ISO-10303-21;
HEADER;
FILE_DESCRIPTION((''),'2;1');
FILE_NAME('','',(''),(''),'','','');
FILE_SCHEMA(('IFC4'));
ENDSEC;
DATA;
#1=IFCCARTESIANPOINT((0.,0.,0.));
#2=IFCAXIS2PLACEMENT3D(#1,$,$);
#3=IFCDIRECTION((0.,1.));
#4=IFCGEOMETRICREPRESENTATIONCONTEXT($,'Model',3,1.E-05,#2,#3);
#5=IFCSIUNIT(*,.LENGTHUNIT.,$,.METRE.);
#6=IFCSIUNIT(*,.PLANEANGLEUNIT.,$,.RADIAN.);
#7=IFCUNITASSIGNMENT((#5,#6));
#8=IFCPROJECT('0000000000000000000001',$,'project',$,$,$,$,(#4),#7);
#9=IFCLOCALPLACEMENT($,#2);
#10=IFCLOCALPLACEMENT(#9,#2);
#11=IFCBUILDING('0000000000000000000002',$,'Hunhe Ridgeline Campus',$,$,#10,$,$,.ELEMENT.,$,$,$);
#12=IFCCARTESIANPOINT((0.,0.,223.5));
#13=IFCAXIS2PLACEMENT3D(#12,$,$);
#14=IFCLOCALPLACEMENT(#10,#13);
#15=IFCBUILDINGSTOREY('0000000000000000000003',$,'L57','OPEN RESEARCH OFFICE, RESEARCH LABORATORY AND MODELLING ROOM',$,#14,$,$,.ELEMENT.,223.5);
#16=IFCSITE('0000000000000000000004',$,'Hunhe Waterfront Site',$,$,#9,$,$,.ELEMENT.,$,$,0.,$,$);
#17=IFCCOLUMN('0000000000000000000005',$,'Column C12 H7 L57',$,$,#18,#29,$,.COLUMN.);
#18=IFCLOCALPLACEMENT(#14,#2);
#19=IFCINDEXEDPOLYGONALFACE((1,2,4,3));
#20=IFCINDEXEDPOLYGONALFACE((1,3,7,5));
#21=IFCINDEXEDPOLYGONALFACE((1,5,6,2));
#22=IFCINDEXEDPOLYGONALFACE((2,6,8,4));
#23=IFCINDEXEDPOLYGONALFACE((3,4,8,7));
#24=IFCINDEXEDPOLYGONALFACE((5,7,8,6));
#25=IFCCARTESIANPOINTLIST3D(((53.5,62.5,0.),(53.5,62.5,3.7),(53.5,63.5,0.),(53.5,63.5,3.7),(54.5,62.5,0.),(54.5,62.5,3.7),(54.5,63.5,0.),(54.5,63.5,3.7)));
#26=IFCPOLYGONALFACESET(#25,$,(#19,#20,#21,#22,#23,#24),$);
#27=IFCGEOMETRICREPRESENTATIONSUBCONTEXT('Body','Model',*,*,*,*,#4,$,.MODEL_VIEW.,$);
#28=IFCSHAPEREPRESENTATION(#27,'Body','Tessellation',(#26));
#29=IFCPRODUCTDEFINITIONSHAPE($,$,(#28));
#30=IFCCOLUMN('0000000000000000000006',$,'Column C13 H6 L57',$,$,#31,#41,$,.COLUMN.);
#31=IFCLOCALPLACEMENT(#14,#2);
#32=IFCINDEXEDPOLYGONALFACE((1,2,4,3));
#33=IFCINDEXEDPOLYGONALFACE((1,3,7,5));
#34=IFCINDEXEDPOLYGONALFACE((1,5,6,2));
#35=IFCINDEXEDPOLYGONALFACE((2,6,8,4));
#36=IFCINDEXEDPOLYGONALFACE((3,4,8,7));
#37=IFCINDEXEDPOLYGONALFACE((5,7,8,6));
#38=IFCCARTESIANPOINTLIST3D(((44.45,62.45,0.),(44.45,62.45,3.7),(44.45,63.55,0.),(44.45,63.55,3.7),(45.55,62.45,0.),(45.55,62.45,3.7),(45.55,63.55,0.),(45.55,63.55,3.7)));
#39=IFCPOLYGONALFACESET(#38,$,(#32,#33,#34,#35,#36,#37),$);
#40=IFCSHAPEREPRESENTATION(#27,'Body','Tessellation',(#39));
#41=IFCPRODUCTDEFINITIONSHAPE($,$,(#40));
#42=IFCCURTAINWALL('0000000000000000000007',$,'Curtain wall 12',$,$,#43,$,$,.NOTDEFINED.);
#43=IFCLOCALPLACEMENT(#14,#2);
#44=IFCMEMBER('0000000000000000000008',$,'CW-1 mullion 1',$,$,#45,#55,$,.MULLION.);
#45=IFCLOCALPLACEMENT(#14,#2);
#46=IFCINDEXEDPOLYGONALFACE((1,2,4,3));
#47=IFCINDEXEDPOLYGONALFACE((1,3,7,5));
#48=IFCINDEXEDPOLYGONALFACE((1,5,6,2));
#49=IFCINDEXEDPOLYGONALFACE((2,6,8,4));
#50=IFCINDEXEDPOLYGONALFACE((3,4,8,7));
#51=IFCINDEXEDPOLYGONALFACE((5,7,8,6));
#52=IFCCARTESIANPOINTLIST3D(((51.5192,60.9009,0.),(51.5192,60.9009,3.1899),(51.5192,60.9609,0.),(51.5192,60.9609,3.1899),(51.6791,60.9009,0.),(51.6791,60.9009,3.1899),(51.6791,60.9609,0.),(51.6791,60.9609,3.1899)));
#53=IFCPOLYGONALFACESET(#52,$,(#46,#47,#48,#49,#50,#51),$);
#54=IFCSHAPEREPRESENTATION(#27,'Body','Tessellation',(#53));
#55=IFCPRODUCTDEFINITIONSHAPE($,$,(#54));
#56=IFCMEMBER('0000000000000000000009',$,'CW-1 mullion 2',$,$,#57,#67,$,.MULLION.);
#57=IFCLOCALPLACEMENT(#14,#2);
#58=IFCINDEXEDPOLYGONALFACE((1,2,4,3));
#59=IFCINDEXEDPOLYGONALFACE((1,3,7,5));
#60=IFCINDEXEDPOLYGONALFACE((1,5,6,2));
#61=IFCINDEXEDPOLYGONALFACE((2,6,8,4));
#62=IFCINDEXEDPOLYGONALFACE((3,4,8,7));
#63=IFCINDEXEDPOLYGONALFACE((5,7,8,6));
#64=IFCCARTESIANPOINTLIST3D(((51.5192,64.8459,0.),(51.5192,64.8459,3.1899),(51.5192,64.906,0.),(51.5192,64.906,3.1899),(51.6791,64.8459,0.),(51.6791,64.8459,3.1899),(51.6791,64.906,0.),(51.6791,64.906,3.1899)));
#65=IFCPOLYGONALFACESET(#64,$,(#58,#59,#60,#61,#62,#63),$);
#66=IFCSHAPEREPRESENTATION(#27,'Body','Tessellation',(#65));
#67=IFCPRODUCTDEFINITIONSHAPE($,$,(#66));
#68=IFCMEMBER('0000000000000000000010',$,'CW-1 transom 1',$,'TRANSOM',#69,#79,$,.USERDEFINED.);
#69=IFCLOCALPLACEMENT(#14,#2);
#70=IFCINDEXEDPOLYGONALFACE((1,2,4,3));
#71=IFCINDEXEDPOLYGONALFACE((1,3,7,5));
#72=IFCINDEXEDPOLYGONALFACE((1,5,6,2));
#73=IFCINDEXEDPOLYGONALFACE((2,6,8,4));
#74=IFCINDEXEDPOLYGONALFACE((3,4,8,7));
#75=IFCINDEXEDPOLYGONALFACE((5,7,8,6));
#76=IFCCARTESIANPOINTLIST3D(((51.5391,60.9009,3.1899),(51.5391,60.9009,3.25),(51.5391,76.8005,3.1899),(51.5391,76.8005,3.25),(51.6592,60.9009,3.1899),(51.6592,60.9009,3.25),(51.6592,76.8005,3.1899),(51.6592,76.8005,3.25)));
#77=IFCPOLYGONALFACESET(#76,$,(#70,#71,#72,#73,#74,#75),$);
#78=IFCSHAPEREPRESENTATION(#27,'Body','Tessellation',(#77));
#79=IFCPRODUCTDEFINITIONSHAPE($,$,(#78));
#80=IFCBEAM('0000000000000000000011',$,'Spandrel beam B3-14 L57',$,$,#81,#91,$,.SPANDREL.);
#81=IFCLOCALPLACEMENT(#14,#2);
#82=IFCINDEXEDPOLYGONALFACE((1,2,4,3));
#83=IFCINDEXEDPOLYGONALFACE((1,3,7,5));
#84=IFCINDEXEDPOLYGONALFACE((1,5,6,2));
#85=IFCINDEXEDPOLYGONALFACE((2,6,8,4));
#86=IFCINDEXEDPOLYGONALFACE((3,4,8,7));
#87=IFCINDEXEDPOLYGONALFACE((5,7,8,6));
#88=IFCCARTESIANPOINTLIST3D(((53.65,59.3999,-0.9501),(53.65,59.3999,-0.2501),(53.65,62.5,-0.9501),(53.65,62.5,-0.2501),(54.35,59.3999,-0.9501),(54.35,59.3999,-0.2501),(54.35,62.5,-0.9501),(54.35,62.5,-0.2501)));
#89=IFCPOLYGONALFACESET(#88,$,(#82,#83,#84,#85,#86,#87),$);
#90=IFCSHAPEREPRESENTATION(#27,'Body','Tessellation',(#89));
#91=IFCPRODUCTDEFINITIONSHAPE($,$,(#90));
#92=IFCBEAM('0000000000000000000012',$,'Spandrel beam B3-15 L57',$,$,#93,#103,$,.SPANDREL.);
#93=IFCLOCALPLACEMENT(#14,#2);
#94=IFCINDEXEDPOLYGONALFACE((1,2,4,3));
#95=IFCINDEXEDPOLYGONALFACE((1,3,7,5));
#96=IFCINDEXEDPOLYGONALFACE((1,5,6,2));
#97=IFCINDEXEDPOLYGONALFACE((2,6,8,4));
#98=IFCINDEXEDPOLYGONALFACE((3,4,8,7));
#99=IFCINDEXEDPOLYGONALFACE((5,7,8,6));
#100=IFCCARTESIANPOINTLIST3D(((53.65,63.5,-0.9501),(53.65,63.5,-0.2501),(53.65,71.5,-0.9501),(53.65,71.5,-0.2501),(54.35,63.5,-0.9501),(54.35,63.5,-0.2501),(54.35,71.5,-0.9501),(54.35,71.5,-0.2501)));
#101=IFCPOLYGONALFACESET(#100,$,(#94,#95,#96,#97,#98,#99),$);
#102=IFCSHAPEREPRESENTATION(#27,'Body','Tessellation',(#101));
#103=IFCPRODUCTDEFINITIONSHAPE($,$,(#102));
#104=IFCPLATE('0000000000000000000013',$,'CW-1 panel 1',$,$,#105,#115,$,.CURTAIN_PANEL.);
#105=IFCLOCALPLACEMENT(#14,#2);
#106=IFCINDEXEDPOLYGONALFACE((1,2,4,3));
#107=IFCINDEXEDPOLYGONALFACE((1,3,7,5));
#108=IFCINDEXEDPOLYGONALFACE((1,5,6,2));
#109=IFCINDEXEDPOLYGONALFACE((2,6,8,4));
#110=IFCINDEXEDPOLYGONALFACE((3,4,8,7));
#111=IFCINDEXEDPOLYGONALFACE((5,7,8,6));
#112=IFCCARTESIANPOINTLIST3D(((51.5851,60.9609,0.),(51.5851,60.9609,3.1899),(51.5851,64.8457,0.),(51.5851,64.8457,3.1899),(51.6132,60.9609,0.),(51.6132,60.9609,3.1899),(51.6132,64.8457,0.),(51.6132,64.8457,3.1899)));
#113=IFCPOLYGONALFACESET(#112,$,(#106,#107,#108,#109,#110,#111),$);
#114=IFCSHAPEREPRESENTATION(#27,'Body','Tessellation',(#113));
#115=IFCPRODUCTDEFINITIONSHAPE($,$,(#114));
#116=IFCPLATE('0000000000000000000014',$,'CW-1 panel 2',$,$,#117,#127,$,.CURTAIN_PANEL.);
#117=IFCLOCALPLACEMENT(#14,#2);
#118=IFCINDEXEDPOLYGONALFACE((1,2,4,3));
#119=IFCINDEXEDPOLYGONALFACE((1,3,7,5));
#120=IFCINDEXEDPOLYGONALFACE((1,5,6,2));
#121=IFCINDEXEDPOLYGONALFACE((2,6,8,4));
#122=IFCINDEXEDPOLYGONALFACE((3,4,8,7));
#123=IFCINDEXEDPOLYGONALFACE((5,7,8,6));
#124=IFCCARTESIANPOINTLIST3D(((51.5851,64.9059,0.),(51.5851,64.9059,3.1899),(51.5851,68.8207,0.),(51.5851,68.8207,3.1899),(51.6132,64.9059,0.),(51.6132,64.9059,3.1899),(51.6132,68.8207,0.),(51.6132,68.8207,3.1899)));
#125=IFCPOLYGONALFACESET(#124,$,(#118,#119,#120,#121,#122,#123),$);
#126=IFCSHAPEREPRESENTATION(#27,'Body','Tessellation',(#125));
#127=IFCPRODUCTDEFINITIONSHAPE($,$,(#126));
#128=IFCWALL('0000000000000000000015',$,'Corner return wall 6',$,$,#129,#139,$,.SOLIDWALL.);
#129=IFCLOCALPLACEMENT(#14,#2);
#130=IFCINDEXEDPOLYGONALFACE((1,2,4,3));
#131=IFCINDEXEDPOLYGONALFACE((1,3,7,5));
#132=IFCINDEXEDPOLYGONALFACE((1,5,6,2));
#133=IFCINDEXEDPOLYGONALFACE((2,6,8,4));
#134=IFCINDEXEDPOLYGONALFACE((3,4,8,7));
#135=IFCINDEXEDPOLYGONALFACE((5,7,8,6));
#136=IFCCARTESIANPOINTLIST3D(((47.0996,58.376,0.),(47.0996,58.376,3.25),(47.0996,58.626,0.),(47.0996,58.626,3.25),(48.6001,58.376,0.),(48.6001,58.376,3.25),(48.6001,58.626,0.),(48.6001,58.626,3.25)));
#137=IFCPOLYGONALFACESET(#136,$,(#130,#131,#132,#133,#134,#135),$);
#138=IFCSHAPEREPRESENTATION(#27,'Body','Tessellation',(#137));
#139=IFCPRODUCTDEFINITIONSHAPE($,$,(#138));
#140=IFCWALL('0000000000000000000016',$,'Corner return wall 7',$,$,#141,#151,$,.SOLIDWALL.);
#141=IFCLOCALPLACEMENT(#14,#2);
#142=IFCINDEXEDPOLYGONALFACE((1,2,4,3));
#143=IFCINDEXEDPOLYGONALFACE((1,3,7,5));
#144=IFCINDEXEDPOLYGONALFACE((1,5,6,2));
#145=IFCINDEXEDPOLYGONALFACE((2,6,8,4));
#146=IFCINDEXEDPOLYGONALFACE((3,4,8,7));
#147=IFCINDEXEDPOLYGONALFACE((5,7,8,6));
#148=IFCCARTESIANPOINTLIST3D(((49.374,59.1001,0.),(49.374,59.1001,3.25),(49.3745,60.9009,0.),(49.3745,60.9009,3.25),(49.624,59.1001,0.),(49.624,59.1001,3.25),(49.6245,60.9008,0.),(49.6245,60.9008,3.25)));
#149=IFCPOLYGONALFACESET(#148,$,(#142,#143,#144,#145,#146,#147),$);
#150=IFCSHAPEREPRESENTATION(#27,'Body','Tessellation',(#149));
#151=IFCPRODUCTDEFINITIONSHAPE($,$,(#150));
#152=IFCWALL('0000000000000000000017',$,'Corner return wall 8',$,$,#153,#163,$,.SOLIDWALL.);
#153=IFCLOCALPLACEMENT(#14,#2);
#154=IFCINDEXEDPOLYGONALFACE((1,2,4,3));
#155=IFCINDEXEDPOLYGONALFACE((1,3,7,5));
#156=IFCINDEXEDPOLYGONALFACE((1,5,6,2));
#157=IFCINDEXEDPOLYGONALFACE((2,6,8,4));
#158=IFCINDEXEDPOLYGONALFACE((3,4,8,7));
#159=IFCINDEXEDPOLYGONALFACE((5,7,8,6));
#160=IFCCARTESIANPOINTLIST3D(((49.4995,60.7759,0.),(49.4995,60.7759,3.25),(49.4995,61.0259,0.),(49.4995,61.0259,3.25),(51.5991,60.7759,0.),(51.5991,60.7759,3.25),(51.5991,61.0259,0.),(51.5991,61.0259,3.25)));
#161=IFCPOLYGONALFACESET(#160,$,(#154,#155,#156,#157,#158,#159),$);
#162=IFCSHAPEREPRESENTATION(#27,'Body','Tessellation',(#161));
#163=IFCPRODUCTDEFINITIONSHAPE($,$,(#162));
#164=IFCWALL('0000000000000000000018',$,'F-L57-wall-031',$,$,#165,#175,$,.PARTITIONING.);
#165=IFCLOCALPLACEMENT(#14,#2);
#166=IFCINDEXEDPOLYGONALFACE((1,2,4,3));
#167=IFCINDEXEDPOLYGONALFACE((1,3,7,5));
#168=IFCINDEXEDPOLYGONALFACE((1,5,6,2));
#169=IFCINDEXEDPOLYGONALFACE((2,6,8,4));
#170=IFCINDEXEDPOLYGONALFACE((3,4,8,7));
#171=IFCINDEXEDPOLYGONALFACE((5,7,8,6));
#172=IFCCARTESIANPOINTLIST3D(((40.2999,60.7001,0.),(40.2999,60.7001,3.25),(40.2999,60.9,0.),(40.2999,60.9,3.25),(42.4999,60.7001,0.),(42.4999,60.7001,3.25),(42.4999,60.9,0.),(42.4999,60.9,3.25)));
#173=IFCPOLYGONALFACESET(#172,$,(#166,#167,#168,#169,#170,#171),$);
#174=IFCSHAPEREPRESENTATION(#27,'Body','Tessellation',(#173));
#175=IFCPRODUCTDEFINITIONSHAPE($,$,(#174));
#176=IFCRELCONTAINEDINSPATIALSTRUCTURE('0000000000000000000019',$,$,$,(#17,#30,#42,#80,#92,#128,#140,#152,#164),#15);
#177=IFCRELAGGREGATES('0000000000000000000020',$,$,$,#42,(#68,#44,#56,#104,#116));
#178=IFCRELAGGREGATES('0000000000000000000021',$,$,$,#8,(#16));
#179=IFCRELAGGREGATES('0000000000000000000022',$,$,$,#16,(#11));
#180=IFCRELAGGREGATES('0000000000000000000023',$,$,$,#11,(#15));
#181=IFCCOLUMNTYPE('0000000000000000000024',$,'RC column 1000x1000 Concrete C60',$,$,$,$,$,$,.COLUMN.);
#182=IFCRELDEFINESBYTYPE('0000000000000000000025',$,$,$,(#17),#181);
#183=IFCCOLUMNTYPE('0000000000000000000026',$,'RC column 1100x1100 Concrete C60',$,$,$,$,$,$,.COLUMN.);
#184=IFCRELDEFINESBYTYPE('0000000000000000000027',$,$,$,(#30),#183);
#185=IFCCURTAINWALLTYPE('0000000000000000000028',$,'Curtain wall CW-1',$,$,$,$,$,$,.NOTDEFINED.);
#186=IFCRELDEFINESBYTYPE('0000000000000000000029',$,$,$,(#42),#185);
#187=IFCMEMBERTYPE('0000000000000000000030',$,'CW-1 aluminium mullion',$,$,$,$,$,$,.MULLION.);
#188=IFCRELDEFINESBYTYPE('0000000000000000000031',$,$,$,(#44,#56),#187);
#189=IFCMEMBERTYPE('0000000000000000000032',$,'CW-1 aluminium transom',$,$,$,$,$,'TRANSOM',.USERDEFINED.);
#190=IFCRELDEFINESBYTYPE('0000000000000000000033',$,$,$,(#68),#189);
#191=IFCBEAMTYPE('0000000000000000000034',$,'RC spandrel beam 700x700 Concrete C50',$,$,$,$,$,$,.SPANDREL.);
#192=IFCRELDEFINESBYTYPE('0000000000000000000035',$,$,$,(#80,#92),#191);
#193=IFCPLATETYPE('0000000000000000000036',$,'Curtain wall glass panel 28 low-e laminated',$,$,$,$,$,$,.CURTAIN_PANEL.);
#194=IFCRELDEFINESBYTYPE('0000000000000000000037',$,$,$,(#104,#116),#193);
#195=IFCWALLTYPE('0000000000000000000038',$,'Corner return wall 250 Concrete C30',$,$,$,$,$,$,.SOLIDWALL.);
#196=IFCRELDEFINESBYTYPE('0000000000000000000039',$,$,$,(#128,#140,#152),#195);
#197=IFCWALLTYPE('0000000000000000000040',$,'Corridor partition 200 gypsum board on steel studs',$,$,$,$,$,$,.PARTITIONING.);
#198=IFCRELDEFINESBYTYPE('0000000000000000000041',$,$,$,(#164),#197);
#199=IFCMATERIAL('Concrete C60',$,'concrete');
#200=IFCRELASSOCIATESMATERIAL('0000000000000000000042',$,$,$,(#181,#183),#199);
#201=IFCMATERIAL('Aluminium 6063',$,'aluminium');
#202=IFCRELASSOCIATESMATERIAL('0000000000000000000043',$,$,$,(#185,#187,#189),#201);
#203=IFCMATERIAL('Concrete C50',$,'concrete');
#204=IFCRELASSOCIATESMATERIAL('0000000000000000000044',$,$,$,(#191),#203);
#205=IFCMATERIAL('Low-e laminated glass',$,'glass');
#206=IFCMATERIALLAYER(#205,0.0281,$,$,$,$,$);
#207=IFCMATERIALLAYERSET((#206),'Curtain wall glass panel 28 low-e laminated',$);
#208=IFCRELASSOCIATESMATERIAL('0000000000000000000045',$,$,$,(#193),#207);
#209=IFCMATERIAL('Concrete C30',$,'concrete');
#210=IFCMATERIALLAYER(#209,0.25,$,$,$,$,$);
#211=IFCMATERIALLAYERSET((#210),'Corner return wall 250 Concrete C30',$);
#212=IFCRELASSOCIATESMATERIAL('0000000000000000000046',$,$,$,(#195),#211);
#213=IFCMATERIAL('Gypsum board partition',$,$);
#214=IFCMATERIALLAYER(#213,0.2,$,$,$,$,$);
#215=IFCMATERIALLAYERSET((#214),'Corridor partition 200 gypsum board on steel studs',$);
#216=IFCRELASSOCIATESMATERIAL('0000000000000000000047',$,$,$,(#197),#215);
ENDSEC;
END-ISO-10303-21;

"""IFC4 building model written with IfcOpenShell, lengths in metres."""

from ifc_helpers import new_model, si_unit, direction, frame, frame_2d, origin, origin_2d, place, context, subcontext, project, spatial, rectangle, extrude, material, layer, layer_set, material_profile, profile_set, type_object, element, aggregate, save


model = new_model("IFC4")

# Units and contexts
model_context = context("Model", 3, precision=1e-05, world=origin(), true_north=direction((0.0, 1.0)))
body_context = subcontext(model_context, "Body", "Model", "MODEL_VIEW")
ifc_project = project(units=[si_unit("LENGTHUNIT", "METRE"), si_unit("PLANEANGLEUNIT", "RADIAN")], contexts=[model_context])

# Site, building, storey
site_placement = place(None, origin())
site = spatial("IfcSite", under=ifc_project, at=site_placement, Name="Hunhe Waterfront Site", CompositionType="ELEMENT", RefElevation=0.0)
building_placement = place(site_placement, origin())
building = spatial("IfcBuilding", under=site, at=building_placement, Name="Hunhe Ridgeline Campus", CompositionType="ELEMENT")
storey_placement = place(building_placement, frame((0.0, 0.0, 223.5)))
storey = spatial("IfcBuildingStorey", under=building, at=storey_placement, Name="L57", Description="OPEN RESEARCH OFFICE, RESEARCH LABORATORY AND MODELLING ROOM", CompositionType="ELEMENT", Elevation=223.5)

# Columns
ifc_material_1 = material(Name="Concrete C60", Category="concrete")
ifc_material_profile_1 = material_profile(ifc_material_1, rectangle(XDim=1.0, YDim=1.0, at=origin_2d()))
ifc_profile_set_1 = profile_set([ifc_material_profile_1], Name="Concrete C60")
column_type_1 = type_object("IfcColumnType", Name="RC column 1000x1000 Concrete C60", PredefinedType="COLUMN", material=ifc_profile_set_1)
column_1_placement = place(storey_placement, frame((54.0, 63.0, 0.0), z_axis=(0.0, 0.0, 1.0), x_axis=(1.0, 0.0, 0.0)))
element("IfcColumn", 1, at=column_1_placement, inside=storey, type_object=column_type_1, Name="Column C12 H7 L57", PredefinedType="COLUMN", context=body_context, shape_type="SweptSolid", body=[
    extrude(rectangle(XDim=1.0, YDim=1.0, at=origin_2d()), origin(), (0.0, 0.0, 1.0), 3.7),
])
ifc_material_profile_2 = material_profile(ifc_material_1, rectangle(XDim=1.1001, YDim=1.1001, at=origin_2d()))
ifc_profile_set_2 = profile_set([ifc_material_profile_2], Name="Concrete C60")
column_type_2 = type_object("IfcColumnType", Name="RC column 1100x1100 Concrete C60", PredefinedType="COLUMN", material=ifc_profile_set_2)
column_2_placement = place(storey_placement, frame((45.0, 63.0, 0.0), z_axis=(0.0, 0.0, 1.0), x_axis=(1.0, 0.0, 0.0)))
element("IfcColumn", 2, at=column_2_placement, inside=storey, type_object=column_type_2, Name="Column C13 H6 L57", PredefinedType="COLUMN", context=body_context, shape_type="SweptSolid", body=[
    extrude(rectangle(XDim=1.1001, YDim=1.1001, at=origin_2d()), origin(), (0.0, 0.0, 1.0), 3.7),
])

# Curtain wall, members
ifc_material_2 = material(Name="Aluminium 6063", Category="aluminium")
curtain_wall_type = type_object("IfcCurtainWallType", Name="Curtain wall CW-1", PredefinedType="NOTDEFINED", material=ifc_material_2)
curtain_wall_placement = place(storey_placement, origin())
curtain_wall = element("IfcCurtainWall", 3, at=curtain_wall_placement, inside=storey, type_object=curtain_wall_type, Name="Curtain wall 12", PredefinedType="NOTDEFINED")
ifc_material_profile_3 = material_profile(ifc_material_2, rectangle(XDim=0.1599, YDim=0.0601, at=origin_2d()))
ifc_profile_set_3 = profile_set([ifc_material_profile_3], Name="Aluminium 6063")
member_type_1 = type_object("IfcMemberType", Name="CW-1 aluminium mullion", PredefinedType="MULLION", material=ifc_profile_set_3)
member_1_placement = place(storey_placement, frame((51.5991, 60.9309, 0.0), z_axis=(0.0, 0.0, 1.0), x_axis=(-1.0, 0.0, 0.0)))
member_1 = element("IfcMember", 4, at=member_1_placement, type_object=member_type_1, Name="CW-1 mullion 1", PredefinedType="MULLION", context=body_context, shape_type="SweptSolid", body=[
    extrude(rectangle(XDim=0.1599, YDim=0.0601, at=origin_2d()), origin(), (0.0, 0.0, 1.0), 3.1899),
])
member_2_placement = place(storey_placement, frame((51.5991, 64.876, 0.0), z_axis=(0.0, 0.0, 1.0), x_axis=(-1.0, 0.0, 0.0)))
member_2 = element("IfcMember", 5, at=member_2_placement, type_object=member_type_1, Name="CW-1 mullion 2", PredefinedType="MULLION", context=body_context, shape_type="SweptSolid", body=[
    extrude(rectangle(XDim=0.1599, YDim=0.0601, at=origin_2d()), origin(), (0.0, 0.0, 1.0), 3.1899),
])
ifc_material_profile_4 = material_profile(ifc_material_2, rectangle(XDim=0.1201, YDim=0.0601, at=origin_2d()))
ifc_profile_set_4 = profile_set([ifc_material_profile_4], Name="Aluminium 6063")
member_type_2 = type_object("IfcMemberType", Name="CW-1 aluminium transom", ElementType="TRANSOM", PredefinedType="USERDEFINED", material=ifc_profile_set_4)
member_3_placement = place(storey_placement, frame((51.5991, 60.9009, 3.22), z_axis=(0.0, 1.0, 0.0), x_axis=(-1.0, 0.0, 0.0)))
member_3 = element("IfcMember", 6, at=member_3_placement, type_object=member_type_2, Name="CW-1 transom 1", ObjectType="TRANSOM", PredefinedType="USERDEFINED", context=body_context, shape_type="SweptSolid", body=[
    extrude(rectangle(XDim=0.1201, YDim=0.0601, at=origin_2d()), origin(), (0.0, 0.0, 1.0), 15.8997),
])

# Beams
ifc_material_3 = material(Name="Concrete C50", Category="concrete")
ifc_material_profile_5 = material_profile(ifc_material_3, rectangle(XDim=0.7, YDim=0.7, at=origin_2d()))
ifc_profile_set_5 = profile_set([ifc_material_profile_5], Name="Concrete C50")
beam_type = type_object("IfcBeamType", Name="RC spandrel beam 700x700 Concrete C50", PredefinedType="SPANDREL", material=ifc_profile_set_5)
beam_1_placement = place(storey_placement, frame((54.0, 59.3999, -0.6001), z_axis=(0.0, 1.0, 0.0), x_axis=(-1.0, 0.0, 0.0)))
element("IfcBeam", 7, at=beam_1_placement, inside=storey, type_object=beam_type, Name="Spandrel beam B3-14 L57", PredefinedType="SPANDREL", context=body_context, shape_type="SweptSolid", body=[
    extrude(rectangle(XDim=0.7, YDim=0.7, at=origin_2d()), origin(), (0.0, 0.0, 1.0), 3.1001),
])
beam_2_placement = place(storey_placement, frame((54.0, 63.5, -0.6001), z_axis=(0.0, 1.0, 0.0), x_axis=(-1.0, 0.0, 0.0)))
element("IfcBeam", 8, at=beam_2_placement, inside=storey, type_object=beam_type, Name="Spandrel beam B3-15 L57", PredefinedType="SPANDREL", context=body_context, shape_type="SweptSolid", body=[
    extrude(rectangle(XDim=0.7, YDim=0.7, at=origin_2d()), origin(), (0.0, 0.0, 1.0), 8.0),
])

# Plates
ifc_material_4 = material(Name="Low-e laminated glass", Category="glass")
ifc_layer_1 = layer(ifc_material_4, 0.0281)
ifc_layer_set_1 = layer_set([ifc_layer_1], Name="Curtain wall glass panel 28 low-e laminated")
plate_type = type_object("IfcPlateType", Name="Curtain wall glass panel 28 low-e laminated", PredefinedType="CURTAIN_PANEL", material=ifc_layer_set_1)
plate_1_placement = place(storey_placement, frame((51.5991, 62.9033, 0.0), z_axis=(0.0, 0.0, 1.0), x_axis=(0.0, 1.0, 0.0)))
plate_1 = element("IfcPlate", 9, at=plate_1_placement, type_object=plate_type, Name="CW-1 panel 1", PredefinedType="CURTAIN_PANEL", context=body_context, shape_type="SweptSolid", body=[
    extrude(rectangle(XDim=3.8848, YDim=0.0281, at=origin_2d()), origin(), (0.0, 0.0, 1.0), 3.1899),
])
plate_2_placement = place(storey_placement, frame((51.5991, 66.8633, 0.0), z_axis=(0.0, 0.0, 1.0), x_axis=(0.0, 1.0, 0.0)))
plate_2 = element("IfcPlate", 10, at=plate_2_placement, type_object=plate_type, Name="CW-1 panel 2", PredefinedType="CURTAIN_PANEL", context=body_context, shape_type="SweptSolid", body=[
    extrude(rectangle(XDim=3.9148, YDim=0.0281, at=origin_2d()), origin(), (0.0, 0.0, 1.0), 3.1899),
])
aggregate(curtain_wall, [member_3, member_1, member_2, plate_1, plate_2])

# Walls
ifc_material_5 = material(Name="Concrete C30", Category="concrete")
ifc_layer_2 = layer(ifc_material_5, 0.25)
ifc_layer_set_2 = layer_set([ifc_layer_2], Name="Corner return wall 250 Concrete C30")
wall_type_1 = type_object("IfcWallType", Name="Corner return wall 250 Concrete C30", PredefinedType="SOLIDWALL", material=ifc_layer_set_2)
wall_1_placement = place(storey_placement, frame((47.0996, 58.501, 0.0), z_axis=(0.0, 0.0, 1.0), x_axis=(1.0, 0.0, 0.0)))
element("IfcWall", 11, at=wall_1_placement, inside=storey, type_object=wall_type_1, Name="Corner return wall 6", PredefinedType="SOLIDWALL", context=body_context, shape_type="SweptSolid", body=[
    extrude(rectangle(XDim=1.5005, YDim=0.25, at=frame_2d((0.7502, 0.0))), origin(), (0.0, 0.0, 1.0), 3.25),
])
wall_2_placement = place(storey_placement, frame((49.499, 59.1001, 0.0), z_axis=(0.0, 0.0, 1.0), x_axis=(0.000271, 1.0, 0.0)))
element("IfcWall", 12, at=wall_2_placement, inside=storey, type_object=wall_type_1, Name="Corner return wall 7", PredefinedType="SOLIDWALL", context=body_context, shape_type="SweptSolid", body=[
    extrude(rectangle(XDim=1.8008, YDim=0.25, at=frame_2d((0.9004, 0.0))), origin(), (0.0, 0.0, 1.0), 3.25),
])
wall_3_placement = place(storey_placement, frame((49.4995, 60.9009, 0.0), z_axis=(0.0, 0.0, 1.0), x_axis=(1.0, 0.0, 0.0)))
element("IfcWall", 13, at=wall_3_placement, inside=storey, type_object=wall_type_1, Name="Corner return wall 8", PredefinedType="SOLIDWALL", context=body_context, shape_type="SweptSolid", body=[
    extrude(rectangle(XDim=2.0996, YDim=0.25, at=frame_2d((1.0498, 0.0))), origin(), (0.0, 0.0, 1.0), 3.25),
])

# Shared definitions
ifc_material_6 = material(Name="Gypsum board partition")
ifc_layer_3 = layer(ifc_material_6, 0.2)
ifc_layer_set_3 = layer_set([ifc_layer_3], Name="Corridor partition 200 gypsum board on steel studs")
wall_type_2 = type_object("IfcWallType", Name="Corridor partition 200 gypsum board on steel studs", PredefinedType="PARTITIONING", material=ifc_layer_set_3)

# Wall
wall_4_placement = place(storey_placement, frame((42.5, 60.8, 0.0), z_axis=(0.0, 0.0, 1.0), x_axis=(-1.0, 0.0, 0.0)))
element("IfcWall", 14, at=wall_4_placement, inside=storey, type_object=wall_type_2, Name="F-L57-wall-031", PredefinedType="PARTITIONING", context=body_context, shape_type="SweptSolid", body=[
    extrude(rectangle(XDim=2.2, YDim=0.2, at=frame_2d((1.1001, 0.0))), origin(), (0.0, 0.0, 1.0), 3.25),
])

save(model, "model.ifc")
